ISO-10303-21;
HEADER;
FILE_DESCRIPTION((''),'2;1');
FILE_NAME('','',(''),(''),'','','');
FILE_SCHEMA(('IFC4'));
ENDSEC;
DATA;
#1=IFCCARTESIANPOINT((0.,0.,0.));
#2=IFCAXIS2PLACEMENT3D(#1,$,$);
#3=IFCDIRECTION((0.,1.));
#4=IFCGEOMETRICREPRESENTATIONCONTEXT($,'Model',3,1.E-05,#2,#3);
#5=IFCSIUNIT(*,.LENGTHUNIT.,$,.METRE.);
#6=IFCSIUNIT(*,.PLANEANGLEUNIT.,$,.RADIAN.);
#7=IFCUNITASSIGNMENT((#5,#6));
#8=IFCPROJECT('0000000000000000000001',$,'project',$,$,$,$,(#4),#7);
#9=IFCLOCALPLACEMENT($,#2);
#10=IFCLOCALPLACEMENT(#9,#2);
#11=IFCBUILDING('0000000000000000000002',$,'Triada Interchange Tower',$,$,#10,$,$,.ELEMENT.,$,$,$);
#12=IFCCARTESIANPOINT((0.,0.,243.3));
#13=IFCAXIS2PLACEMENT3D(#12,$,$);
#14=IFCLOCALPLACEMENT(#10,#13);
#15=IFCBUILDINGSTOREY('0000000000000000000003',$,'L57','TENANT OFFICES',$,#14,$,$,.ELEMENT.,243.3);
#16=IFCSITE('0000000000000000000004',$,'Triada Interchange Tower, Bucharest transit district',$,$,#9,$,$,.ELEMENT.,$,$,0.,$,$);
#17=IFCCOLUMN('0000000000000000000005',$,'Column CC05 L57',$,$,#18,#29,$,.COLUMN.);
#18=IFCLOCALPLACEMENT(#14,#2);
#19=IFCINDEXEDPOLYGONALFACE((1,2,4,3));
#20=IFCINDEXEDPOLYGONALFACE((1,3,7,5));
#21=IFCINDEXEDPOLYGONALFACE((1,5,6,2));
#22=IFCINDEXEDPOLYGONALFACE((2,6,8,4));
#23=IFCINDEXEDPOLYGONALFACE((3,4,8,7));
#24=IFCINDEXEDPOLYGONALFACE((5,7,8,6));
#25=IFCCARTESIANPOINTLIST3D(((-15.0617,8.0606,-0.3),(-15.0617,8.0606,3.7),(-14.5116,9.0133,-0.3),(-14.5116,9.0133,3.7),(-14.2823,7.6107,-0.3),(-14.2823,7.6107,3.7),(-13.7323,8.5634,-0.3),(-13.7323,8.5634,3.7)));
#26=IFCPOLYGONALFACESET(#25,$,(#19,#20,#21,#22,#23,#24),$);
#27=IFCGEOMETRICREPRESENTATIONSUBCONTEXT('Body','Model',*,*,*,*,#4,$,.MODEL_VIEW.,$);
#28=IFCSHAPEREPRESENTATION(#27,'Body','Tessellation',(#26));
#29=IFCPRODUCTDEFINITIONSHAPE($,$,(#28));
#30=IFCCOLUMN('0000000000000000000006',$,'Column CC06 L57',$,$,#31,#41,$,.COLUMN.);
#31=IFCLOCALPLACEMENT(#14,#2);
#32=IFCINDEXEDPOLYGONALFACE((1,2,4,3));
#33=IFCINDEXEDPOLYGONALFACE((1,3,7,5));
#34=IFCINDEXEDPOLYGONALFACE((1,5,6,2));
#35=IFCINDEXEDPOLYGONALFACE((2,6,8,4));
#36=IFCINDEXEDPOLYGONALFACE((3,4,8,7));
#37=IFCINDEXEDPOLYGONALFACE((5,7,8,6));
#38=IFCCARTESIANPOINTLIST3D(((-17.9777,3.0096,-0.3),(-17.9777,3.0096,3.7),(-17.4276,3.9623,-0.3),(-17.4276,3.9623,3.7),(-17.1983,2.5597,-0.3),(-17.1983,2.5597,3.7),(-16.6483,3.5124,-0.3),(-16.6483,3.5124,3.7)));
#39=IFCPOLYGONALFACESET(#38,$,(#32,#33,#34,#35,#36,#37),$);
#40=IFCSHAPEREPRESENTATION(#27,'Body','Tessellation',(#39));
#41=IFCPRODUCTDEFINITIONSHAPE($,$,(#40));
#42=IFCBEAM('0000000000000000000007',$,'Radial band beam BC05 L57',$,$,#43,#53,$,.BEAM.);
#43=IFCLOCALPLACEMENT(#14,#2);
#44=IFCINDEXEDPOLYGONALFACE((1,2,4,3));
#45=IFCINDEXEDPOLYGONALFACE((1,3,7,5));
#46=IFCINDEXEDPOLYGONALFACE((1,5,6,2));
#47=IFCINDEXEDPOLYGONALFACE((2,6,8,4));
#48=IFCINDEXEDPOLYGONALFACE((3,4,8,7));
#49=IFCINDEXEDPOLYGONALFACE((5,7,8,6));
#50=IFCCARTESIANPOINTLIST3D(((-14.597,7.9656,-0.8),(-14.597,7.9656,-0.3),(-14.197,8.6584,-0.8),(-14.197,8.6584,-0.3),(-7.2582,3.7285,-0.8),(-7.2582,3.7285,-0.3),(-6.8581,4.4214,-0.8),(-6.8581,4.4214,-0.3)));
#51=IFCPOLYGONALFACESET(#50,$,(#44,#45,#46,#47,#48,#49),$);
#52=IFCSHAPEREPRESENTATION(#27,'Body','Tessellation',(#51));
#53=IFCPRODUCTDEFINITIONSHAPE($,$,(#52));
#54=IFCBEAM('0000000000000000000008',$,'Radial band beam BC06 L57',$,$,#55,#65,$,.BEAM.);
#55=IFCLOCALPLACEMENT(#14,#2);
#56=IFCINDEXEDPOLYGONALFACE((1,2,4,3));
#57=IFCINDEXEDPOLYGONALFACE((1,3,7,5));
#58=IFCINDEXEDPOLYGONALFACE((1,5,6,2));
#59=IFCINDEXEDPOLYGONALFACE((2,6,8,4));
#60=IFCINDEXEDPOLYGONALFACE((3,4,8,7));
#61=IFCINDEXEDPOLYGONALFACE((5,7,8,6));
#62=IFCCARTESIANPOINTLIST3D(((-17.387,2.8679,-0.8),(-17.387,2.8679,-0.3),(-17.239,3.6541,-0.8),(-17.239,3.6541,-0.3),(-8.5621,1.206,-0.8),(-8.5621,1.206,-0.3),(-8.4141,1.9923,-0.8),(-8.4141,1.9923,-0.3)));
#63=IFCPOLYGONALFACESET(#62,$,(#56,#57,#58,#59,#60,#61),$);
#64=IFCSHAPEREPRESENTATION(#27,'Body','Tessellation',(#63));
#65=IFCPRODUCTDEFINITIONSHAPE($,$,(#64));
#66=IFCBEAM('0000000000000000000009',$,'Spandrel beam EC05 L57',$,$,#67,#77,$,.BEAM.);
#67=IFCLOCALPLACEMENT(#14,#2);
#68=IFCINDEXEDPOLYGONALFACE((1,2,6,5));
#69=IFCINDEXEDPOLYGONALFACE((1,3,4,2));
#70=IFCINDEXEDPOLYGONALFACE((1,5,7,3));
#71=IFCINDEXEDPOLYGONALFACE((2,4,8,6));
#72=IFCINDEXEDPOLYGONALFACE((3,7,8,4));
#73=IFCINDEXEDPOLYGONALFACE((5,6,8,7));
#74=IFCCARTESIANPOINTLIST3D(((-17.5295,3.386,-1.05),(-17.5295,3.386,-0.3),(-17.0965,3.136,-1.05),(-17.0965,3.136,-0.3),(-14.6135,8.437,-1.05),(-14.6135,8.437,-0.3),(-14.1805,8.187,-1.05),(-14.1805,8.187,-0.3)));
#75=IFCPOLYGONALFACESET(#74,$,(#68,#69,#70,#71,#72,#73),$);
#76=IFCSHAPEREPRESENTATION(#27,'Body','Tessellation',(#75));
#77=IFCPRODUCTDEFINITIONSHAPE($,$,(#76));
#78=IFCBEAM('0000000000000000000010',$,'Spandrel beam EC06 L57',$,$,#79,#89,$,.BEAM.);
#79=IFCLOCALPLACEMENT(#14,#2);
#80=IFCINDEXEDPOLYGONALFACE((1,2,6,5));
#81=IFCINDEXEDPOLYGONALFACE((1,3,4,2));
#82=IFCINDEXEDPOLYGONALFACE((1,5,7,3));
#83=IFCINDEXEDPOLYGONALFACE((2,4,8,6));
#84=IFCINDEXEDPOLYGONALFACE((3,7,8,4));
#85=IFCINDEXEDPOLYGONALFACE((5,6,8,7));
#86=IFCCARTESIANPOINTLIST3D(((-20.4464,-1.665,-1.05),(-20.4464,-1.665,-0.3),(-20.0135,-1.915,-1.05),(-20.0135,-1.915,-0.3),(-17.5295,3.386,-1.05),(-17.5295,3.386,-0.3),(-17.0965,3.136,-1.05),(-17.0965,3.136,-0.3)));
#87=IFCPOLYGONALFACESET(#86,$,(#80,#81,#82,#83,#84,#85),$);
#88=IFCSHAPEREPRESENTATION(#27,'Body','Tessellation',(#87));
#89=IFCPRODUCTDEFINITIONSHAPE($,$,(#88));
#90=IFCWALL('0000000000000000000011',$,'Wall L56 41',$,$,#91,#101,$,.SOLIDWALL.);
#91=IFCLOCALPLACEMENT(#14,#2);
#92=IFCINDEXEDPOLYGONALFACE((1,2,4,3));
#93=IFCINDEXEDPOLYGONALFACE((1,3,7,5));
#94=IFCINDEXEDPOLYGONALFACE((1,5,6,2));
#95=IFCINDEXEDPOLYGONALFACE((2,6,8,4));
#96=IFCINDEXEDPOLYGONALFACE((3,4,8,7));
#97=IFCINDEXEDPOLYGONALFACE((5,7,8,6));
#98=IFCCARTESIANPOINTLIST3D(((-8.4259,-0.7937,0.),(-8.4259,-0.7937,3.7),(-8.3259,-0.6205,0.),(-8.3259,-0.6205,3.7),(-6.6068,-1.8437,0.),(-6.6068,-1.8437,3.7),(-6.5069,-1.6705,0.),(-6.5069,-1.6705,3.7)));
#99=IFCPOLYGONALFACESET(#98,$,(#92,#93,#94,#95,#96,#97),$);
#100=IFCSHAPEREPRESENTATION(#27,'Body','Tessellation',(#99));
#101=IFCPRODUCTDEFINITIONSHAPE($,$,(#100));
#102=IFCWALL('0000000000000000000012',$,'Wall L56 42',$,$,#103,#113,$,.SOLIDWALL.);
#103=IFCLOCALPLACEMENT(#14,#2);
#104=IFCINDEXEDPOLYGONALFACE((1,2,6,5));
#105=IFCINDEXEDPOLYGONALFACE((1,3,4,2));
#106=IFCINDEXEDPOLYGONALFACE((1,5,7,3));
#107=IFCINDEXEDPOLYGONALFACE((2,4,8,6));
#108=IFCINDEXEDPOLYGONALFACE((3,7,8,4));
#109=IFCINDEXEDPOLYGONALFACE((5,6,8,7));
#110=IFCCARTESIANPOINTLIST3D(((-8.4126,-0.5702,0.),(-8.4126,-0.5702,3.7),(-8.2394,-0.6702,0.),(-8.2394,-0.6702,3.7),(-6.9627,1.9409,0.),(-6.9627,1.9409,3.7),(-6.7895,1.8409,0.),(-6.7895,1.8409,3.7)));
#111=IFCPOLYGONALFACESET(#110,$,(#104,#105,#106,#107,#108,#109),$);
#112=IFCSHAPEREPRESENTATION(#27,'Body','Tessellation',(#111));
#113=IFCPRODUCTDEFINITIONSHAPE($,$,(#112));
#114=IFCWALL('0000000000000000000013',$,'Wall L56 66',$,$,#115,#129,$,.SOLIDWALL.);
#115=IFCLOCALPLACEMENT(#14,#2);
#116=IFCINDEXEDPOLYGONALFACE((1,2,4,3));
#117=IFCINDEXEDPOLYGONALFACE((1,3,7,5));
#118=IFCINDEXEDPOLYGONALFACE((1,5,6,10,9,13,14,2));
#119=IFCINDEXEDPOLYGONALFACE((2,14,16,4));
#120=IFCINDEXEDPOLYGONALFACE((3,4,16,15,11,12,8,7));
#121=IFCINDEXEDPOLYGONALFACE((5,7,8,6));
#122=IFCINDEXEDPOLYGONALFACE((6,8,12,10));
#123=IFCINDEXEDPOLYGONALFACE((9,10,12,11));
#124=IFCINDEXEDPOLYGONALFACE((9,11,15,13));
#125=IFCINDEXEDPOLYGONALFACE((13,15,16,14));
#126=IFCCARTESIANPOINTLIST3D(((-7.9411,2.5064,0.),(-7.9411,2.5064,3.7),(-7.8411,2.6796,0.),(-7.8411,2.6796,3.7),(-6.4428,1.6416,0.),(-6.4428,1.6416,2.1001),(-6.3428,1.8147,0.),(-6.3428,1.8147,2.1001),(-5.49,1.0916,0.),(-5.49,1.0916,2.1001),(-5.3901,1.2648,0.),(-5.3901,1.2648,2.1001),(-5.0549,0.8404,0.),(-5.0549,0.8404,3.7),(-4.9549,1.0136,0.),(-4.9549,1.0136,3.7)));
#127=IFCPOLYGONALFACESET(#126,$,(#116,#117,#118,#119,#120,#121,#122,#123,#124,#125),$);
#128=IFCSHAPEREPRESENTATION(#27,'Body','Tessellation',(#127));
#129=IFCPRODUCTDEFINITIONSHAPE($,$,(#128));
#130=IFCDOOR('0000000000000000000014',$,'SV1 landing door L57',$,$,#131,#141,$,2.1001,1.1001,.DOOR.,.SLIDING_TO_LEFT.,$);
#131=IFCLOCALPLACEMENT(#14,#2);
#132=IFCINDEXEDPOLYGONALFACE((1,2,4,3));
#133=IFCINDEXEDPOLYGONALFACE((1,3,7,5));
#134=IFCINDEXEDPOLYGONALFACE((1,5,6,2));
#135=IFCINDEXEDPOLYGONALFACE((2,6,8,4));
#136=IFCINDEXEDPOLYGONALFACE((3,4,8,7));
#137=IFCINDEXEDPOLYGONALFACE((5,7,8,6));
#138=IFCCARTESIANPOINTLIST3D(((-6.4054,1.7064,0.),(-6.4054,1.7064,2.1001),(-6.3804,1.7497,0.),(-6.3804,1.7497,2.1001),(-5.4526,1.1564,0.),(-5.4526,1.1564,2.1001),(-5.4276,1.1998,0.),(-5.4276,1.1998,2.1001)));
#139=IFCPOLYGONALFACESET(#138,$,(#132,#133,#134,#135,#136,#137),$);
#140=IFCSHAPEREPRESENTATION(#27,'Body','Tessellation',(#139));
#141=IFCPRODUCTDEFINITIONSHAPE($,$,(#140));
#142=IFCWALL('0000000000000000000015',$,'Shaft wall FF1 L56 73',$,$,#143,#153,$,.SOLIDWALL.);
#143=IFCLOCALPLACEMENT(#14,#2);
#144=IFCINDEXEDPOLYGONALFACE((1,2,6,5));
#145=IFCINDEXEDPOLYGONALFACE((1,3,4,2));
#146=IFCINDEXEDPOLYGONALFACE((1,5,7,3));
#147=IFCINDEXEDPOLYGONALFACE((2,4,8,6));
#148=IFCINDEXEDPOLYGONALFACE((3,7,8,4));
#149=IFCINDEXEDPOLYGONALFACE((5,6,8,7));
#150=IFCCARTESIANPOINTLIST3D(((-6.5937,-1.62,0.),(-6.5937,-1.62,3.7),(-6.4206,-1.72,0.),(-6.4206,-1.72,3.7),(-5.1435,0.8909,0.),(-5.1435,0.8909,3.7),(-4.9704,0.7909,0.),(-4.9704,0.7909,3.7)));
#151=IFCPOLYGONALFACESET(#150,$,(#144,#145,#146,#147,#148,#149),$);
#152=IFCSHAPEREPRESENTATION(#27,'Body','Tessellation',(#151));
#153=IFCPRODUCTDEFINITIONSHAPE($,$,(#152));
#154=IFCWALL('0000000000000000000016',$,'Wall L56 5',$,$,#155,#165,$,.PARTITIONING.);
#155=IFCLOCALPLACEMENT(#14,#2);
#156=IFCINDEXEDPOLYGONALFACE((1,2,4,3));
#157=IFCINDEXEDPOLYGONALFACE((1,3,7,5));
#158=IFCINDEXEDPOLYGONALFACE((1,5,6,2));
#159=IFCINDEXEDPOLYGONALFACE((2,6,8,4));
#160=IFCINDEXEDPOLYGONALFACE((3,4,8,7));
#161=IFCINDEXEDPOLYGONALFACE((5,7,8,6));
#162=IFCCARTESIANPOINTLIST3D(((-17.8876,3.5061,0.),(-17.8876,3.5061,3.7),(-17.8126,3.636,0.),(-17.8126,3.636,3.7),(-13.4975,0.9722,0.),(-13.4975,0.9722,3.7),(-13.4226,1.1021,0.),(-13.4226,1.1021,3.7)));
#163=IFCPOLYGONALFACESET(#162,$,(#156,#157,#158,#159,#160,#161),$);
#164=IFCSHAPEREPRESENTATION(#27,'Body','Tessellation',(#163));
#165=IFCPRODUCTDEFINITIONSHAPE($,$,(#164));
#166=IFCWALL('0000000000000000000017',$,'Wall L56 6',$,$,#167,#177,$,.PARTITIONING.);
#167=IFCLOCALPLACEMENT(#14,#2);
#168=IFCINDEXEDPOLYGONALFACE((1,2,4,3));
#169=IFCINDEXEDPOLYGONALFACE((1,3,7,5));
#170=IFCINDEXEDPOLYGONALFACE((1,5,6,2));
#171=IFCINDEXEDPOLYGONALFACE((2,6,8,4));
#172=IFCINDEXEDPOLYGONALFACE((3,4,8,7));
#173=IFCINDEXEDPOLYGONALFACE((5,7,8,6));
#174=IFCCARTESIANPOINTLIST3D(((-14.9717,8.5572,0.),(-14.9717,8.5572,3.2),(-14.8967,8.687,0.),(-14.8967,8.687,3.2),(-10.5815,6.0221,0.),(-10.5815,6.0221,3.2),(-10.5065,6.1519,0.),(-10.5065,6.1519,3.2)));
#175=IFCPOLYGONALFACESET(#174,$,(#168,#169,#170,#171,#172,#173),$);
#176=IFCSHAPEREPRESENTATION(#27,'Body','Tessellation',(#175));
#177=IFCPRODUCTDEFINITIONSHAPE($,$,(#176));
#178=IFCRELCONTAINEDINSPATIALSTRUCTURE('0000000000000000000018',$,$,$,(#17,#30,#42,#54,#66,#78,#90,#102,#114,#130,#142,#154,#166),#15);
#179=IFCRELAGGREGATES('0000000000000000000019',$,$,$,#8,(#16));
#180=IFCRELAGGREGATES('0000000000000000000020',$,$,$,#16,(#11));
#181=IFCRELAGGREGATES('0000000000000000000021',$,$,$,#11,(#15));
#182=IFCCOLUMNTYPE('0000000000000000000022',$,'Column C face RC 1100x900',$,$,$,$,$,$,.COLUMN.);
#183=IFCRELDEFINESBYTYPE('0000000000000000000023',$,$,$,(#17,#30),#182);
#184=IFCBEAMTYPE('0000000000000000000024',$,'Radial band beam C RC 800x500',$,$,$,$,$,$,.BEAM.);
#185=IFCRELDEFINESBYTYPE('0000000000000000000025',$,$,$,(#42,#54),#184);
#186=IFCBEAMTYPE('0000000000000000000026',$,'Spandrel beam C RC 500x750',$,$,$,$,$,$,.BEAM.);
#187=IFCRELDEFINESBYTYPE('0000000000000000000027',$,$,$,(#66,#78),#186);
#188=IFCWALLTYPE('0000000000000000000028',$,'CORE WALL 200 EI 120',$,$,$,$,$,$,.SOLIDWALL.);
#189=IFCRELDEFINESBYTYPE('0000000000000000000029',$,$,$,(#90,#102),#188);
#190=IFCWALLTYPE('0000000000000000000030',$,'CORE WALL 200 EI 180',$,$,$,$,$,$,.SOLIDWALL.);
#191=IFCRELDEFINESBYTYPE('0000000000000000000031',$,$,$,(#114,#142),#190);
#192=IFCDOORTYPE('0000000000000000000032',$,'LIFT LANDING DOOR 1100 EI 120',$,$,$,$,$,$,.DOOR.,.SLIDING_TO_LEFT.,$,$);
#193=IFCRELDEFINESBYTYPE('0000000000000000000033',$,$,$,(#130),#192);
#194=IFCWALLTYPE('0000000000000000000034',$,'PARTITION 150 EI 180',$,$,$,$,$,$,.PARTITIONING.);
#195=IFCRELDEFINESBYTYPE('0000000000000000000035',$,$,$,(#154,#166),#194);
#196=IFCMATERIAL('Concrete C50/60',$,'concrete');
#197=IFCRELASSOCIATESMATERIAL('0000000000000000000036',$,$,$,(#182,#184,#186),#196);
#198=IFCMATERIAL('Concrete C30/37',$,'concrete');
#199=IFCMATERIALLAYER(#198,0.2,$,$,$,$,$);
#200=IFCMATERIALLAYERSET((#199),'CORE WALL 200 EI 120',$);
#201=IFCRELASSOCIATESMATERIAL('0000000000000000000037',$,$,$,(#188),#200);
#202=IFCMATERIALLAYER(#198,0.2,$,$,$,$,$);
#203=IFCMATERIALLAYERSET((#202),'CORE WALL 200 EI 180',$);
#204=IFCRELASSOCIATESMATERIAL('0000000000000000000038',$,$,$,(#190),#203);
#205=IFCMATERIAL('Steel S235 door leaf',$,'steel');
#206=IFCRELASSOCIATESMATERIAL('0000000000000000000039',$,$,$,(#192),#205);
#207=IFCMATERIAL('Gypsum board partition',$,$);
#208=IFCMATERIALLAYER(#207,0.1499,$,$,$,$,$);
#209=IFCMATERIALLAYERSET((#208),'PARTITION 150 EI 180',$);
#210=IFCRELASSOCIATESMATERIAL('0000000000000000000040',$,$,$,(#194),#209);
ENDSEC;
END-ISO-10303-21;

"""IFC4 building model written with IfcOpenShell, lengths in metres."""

from ifc_helpers import new_model, si_unit, direction, frame, frame_2d, origin, origin_2d, place, context, subcontext, project, spatial, rectangle, extrude, material, layer, layer_set, material_profile, profile_set, type_object, element, fill, save


model = new_model("IFC4")

# Units and contexts
model_context = context("Model", 3, precision=1e-05, world=origin(), true_north=direction((0.0, 1.0)))
body_context = subcontext(model_context, "Body", "Model", "MODEL_VIEW")
ifc_project = project(units=[si_unit("LENGTHUNIT", "METRE"), si_unit("PLANEANGLEUNIT", "RADIAN")], contexts=[model_context])

# Site, building, storey
site_placement = place(None, origin())
site = spatial("IfcSite", under=ifc_project, at=site_placement, Name="Triada Interchange Tower, Bucharest transit district", CompositionType="ELEMENT", RefElevation=0.0)
building_placement = place(site_placement, origin())
building = spatial("IfcBuilding", under=site, at=building_placement, Name="Triada Interchange Tower", CompositionType="ELEMENT")
storey_placement = place(building_placement, frame((0.0, 0.0, 243.3)))
storey = spatial("IfcBuildingStorey", under=building, at=storey_placement, Name="L57", Description="TENANT OFFICES", CompositionType="ELEMENT", Elevation=243.3)

# Columns
ifc_material_1 = material(Name="Concrete C50/60", Category="concrete")
ifc_material_profile_1 = material_profile(ifc_material_1, rectangle(XDim=1.1001, YDim=0.8999, at=origin_2d()), Name="RC 1100x900")
ifc_profile_set_1 = profile_set([ifc_material_profile_1], Name="Concrete C50/60")
column_type = type_object("IfcColumnType", Name="Column C face RC 1100x900", PredefinedType="COLUMN", material=ifc_profile_set_1)
for number, where, z_axis, x_axis, name in (
    (1, (-14.397, 8.312, -0.3), (0.0, 0.0, 1.0), (0.5, 0.866025, 0.0), "Column CC05 L57"),
    (2, (-17.313, 3.261, -0.3), (0.0, 0.0, 1.0), (0.5, 0.866025, 0.0), "Column CC06 L57"),
):
    element("IfcColumn", number, at=place(storey_placement, frame(where, z_axis=z_axis, x_axis=x_axis)), inside=storey, type_object=column_type, Name=name, PredefinedType="COLUMN", context=body_context, shape_type="SweptSolid", body=[
        extrude(rectangle(XDim=1.1001, YDim=0.8999, at=origin_2d()), origin(), (0.0, 0.0, 1.0), 4.0),
    ])

# Beams
ifc_material_profile_2 = material_profile(ifc_material_1, rectangle(XDim=0.8, YDim=0.5, at=origin_2d()), Name="RC 800x500")
ifc_profile_set_2 = profile_set([ifc_material_profile_2], Name="Concrete C50/60")
beam_type_1 = type_object("IfcBeamType", Name="Radial band beam C RC 800x500", PredefinedType="BEAM", material=ifc_profile_set_2)
beam_1_placement = place(storey_placement, frame((-14.397, 8.312, -0.55), z_axis=(0.866027, -0.499997, 0.0), x_axis=(0.499997, 0.866027, 0.0)))
element("IfcBeam", 3, at=beam_1_placement, inside=storey, type_object=beam_type_1, Name="Radial band beam BC05 L57", PredefinedType="BEAM", context=body_context, shape_type="SweptSolid", body=[
    extrude(rectangle(XDim=0.8, YDim=0.5, at=origin_2d()), origin(), (0.0, 0.0, 1.0), 8.4741),
])
beam_2_placement = place(storey_placement, frame((-17.313, 3.261, -0.55), z_axis=(0.982727, -0.185062, 0.0), x_axis=(0.185062, 0.982727, 0.0)))
element("IfcBeam", 4, at=beam_2_placement, inside=storey, type_object=beam_type_1, Name="Radial band beam BC06 L57", PredefinedType="BEAM", context=body_context, shape_type="SweptSolid", body=[
    extrude(rectangle(XDim=0.8, YDim=0.5, at=origin_2d()), origin(), (0.0, 0.0, 1.0), 8.98),
])
ifc_material_profile_3 = material_profile(ifc_material_1, rectangle(XDim=0.5, YDim=0.75, at=origin_2d()), Name="RC 500x750")
ifc_profile_set_3 = profile_set([ifc_material_profile_3], Name="Concrete C50/60")
beam_type_2 = type_object("IfcBeamType", Name="Spandrel beam C RC 500x750", PredefinedType="BEAM", material=ifc_profile_set_3)
beam_3_placement = place(storey_placement, frame((-14.397, 8.312, -0.675), z_axis=(-0.499975, -0.86604, 0.0), x_axis=(0.86604, -0.499975, 0.0)))
element("IfcBeam", 5, at=beam_3_placement, inside=storey, type_object=beam_type_2, Name="Spandrel beam EC05 L57", PredefinedType="BEAM", context=body_context, shape_type="SweptSolid", body=[
    extrude(rectangle(XDim=0.5, YDim=0.75, at=origin_2d()), origin(), (0.0, 0.0, 1.0), 5.8323),
])
beam_4_placement = place(storey_placement, frame((-17.313, 3.261, -0.675), z_axis=(-0.5001, -0.865967, 0.0), x_axis=(0.865967, -0.5001, 0.0)))
element("IfcBeam", 6, at=beam_4_placement, inside=storey, type_object=beam_type_2, Name="Spandrel beam EC06 L57", PredefinedType="BEAM", context=body_context, shape_type="SweptSolid", body=[
    extrude(rectangle(XDim=0.5, YDim=0.75, at=origin_2d()), origin(), (0.0, 0.0, 1.0), 5.8328),
])

# Walls
ifc_material_2 = material(Name="Concrete C30/37", Category="concrete")
ifc_layer_1 = layer(ifc_material_2, 0.2)
ifc_layer_set_1 = layer_set([ifc_layer_1], Name="CORE WALL 200 EI 120")
wall_type_1 = type_object("IfcWallType", Name="CORE WALL 200 EI 120", PredefinedType="SOLIDWALL", material=ifc_layer_set_1)
wall_1_placement = place(storey_placement, frame((-8.376, -0.707, 0.0), z_axis=(0.0, 0.0, 1.0), x_axis=(0.866068, -0.499927, 0.0)))
element("IfcWall", 7, at=wall_1_placement, inside=storey, type_object=wall_type_1, Name="Wall L56 41", PredefinedType="SOLIDWALL", context=body_context, shape_type="SweptSolid", body=[
    extrude(rectangle(XDim=2.1003, YDim=0.2, at=frame_2d((1.0503, 0.0))), origin(), (0.0, 0.0, 1.0), 3.7),
])
wall_2_placement = place(storey_placement, frame((-8.3259, -0.6201, 0.0), z_axis=(0.0, 0.0, 1.0), x_axis=(0.500024, 0.866012, 0.0)))
element("IfcWall", 8, at=wall_2_placement, inside=storey, type_object=wall_type_1, Name="Wall L56 42", PredefinedType="SOLIDWALL", context=body_context, shape_type="SweptSolid", body=[
    extrude(rectangle(XDim=2.8997, YDim=0.2, at=frame_2d((1.4497, 0.0))), origin(), (0.0, 0.0, 1.0), 3.7),
])

# Wall, opening, door
ifc_layer_2 = layer(ifc_material_2, 0.2)
ifc_layer_set_2 = layer_set([ifc_layer_2], Name="CORE WALL 200 EI 180")
wall_type_2 = type_object("IfcWallType", Name="CORE WALL 200 EI 180", PredefinedType="SOLIDWALL", material=ifc_layer_set_2)
wall_3_placement = place(storey_placement, frame((-7.8911, 2.593, 0.0), z_axis=(0.0, 0.0, 1.0), x_axis=(0.866071, -0.499921, 0.0)))
wall_3 = element("IfcWall", 9, at=wall_3_placement, inside=storey, type_object=wall_type_2, Name="Wall L56 66", PredefinedType="SOLIDWALL", context=body_context, shape_type="SweptSolid", body=[
    extrude(rectangle(XDim=3.3325, YDim=0.2, at=frame_2d((1.6663, 0.0))), origin(), (0.0, 0.0, 1.0), 3.7),
])
opening_placement = place(wall_3_placement, frame((1.73, 0.0, 0.0)))
opening = element("IfcOpeningElement", 10, at=opening_placement, cuts=wall_3, PredefinedType="OPENING", context=body_context, shape_type="SweptSolid", body=[
    extrude(rectangle(XDim=1.1001, YDim=2.1001, at=frame_2d((0.55, 1.05))), frame((0.0, 0.1099, 0.0), z_axis=(0.0, -1.0, 0.0), x_axis=(1.0, 0.0, 0.0)), (0.0, 0.0, 1.0), 0.22),
])
ifc_material_3 = material(Name="Steel S235 door leaf", Category="steel")
door_type = type_object("IfcDoorType", Name="LIFT LANDING DOOR 1100 EI 120", OperationType="SLIDING_TO_LEFT", PredefinedType="DOOR", material=ifc_material_3)
door_placement = place(opening_placement, origin())
door = element("IfcDoor", 11, at=door_placement, inside=storey, type_object=door_type, Name="SV1 landing door L57", OperationType="SLIDING_TO_LEFT", OverallHeight=2.1001, OverallWidth=1.1001, PredefinedType="DOOR", context=body_context, shape_type="SweptSolid", body=[
    extrude(rectangle(XDim=1.1001, YDim=2.1001, at=frame_2d((0.55, 1.05))), frame((0.0, 0.0249, 0.0), z_axis=(0.0, -1.0, 0.0), x_axis=(1.0, 0.0, 0.0)), (0.0, 0.0, 1.0), 0.05),
])
fill(opening, door)

# Walls
wall_4_placement = place(storey_placement, frame((-6.5071, -1.6699, 0.0), z_axis=(0.0, 0.0, 1.0), x_axis=(0.500123, 0.865954, 0.0)))
element("IfcWall", 12, at=wall_4_placement, inside=storey, type_object=wall_type_2, Name="Shaft wall FF1 L56 73", PredefinedType="SOLIDWALL", context=body_context, shape_type="SweptSolid", body=[
    extrude(rectangle(XDim=2.8997, YDim=0.2, at=frame_2d((1.4497, 0.0))), origin(), (0.0, 0.0, 1.0), 3.7),
])
ifc_material_4 = material(Name="Gypsum board partition")
ifc_layer_3 = layer(ifc_material_4, 0.1499)
ifc_layer_set_3 = layer_set([ifc_layer_3], Name="PARTITION 150 EI 180")
wall_type_3 = type_object("IfcWallType", Name="PARTITION 150 EI 180", PredefinedType="PARTITIONING", material=ifc_layer_set_3)
wall_5_placement = place(storey_placement, frame((-17.8501, 3.571, 0.0), z_axis=(0.0, 0.0, 1.0), x_axis=(0.866086, -0.499895, 0.0)))
element("IfcWall", 13, at=wall_5_placement, inside=storey, type_object=wall_type_3, Name="Wall L56 5", PredefinedType="PARTITIONING", context=body_context, shape_type="SweptSolid", body=[
    extrude(rectangle(XDim=5.0688, YDim=0.1499, at=frame_2d((2.5344, 0.0))), origin(), (0.0, 0.0, 1.0), 3.7),
])
wall_6_placement = place(storey_placement, frame((-14.9341, 8.6221, 0.0), z_axis=(0.0, 0.0, 1.0), x_axis=(0.865982, -0.500075, 0.0)))
element("IfcWall", 14, at=wall_6_placement, inside=storey, type_object=wall_type_3, Name="Wall L56 6", PredefinedType="PARTITIONING", context=body_context, shape_type="SweptSolid", body=[
    extrude(rectangle(XDim=5.0696, YDim=0.1499, at=frame_2d((2.5347, 0.0))), origin(), (0.0, 0.0, 1.0), 3.2),
])

save(model, "model.ifc")
